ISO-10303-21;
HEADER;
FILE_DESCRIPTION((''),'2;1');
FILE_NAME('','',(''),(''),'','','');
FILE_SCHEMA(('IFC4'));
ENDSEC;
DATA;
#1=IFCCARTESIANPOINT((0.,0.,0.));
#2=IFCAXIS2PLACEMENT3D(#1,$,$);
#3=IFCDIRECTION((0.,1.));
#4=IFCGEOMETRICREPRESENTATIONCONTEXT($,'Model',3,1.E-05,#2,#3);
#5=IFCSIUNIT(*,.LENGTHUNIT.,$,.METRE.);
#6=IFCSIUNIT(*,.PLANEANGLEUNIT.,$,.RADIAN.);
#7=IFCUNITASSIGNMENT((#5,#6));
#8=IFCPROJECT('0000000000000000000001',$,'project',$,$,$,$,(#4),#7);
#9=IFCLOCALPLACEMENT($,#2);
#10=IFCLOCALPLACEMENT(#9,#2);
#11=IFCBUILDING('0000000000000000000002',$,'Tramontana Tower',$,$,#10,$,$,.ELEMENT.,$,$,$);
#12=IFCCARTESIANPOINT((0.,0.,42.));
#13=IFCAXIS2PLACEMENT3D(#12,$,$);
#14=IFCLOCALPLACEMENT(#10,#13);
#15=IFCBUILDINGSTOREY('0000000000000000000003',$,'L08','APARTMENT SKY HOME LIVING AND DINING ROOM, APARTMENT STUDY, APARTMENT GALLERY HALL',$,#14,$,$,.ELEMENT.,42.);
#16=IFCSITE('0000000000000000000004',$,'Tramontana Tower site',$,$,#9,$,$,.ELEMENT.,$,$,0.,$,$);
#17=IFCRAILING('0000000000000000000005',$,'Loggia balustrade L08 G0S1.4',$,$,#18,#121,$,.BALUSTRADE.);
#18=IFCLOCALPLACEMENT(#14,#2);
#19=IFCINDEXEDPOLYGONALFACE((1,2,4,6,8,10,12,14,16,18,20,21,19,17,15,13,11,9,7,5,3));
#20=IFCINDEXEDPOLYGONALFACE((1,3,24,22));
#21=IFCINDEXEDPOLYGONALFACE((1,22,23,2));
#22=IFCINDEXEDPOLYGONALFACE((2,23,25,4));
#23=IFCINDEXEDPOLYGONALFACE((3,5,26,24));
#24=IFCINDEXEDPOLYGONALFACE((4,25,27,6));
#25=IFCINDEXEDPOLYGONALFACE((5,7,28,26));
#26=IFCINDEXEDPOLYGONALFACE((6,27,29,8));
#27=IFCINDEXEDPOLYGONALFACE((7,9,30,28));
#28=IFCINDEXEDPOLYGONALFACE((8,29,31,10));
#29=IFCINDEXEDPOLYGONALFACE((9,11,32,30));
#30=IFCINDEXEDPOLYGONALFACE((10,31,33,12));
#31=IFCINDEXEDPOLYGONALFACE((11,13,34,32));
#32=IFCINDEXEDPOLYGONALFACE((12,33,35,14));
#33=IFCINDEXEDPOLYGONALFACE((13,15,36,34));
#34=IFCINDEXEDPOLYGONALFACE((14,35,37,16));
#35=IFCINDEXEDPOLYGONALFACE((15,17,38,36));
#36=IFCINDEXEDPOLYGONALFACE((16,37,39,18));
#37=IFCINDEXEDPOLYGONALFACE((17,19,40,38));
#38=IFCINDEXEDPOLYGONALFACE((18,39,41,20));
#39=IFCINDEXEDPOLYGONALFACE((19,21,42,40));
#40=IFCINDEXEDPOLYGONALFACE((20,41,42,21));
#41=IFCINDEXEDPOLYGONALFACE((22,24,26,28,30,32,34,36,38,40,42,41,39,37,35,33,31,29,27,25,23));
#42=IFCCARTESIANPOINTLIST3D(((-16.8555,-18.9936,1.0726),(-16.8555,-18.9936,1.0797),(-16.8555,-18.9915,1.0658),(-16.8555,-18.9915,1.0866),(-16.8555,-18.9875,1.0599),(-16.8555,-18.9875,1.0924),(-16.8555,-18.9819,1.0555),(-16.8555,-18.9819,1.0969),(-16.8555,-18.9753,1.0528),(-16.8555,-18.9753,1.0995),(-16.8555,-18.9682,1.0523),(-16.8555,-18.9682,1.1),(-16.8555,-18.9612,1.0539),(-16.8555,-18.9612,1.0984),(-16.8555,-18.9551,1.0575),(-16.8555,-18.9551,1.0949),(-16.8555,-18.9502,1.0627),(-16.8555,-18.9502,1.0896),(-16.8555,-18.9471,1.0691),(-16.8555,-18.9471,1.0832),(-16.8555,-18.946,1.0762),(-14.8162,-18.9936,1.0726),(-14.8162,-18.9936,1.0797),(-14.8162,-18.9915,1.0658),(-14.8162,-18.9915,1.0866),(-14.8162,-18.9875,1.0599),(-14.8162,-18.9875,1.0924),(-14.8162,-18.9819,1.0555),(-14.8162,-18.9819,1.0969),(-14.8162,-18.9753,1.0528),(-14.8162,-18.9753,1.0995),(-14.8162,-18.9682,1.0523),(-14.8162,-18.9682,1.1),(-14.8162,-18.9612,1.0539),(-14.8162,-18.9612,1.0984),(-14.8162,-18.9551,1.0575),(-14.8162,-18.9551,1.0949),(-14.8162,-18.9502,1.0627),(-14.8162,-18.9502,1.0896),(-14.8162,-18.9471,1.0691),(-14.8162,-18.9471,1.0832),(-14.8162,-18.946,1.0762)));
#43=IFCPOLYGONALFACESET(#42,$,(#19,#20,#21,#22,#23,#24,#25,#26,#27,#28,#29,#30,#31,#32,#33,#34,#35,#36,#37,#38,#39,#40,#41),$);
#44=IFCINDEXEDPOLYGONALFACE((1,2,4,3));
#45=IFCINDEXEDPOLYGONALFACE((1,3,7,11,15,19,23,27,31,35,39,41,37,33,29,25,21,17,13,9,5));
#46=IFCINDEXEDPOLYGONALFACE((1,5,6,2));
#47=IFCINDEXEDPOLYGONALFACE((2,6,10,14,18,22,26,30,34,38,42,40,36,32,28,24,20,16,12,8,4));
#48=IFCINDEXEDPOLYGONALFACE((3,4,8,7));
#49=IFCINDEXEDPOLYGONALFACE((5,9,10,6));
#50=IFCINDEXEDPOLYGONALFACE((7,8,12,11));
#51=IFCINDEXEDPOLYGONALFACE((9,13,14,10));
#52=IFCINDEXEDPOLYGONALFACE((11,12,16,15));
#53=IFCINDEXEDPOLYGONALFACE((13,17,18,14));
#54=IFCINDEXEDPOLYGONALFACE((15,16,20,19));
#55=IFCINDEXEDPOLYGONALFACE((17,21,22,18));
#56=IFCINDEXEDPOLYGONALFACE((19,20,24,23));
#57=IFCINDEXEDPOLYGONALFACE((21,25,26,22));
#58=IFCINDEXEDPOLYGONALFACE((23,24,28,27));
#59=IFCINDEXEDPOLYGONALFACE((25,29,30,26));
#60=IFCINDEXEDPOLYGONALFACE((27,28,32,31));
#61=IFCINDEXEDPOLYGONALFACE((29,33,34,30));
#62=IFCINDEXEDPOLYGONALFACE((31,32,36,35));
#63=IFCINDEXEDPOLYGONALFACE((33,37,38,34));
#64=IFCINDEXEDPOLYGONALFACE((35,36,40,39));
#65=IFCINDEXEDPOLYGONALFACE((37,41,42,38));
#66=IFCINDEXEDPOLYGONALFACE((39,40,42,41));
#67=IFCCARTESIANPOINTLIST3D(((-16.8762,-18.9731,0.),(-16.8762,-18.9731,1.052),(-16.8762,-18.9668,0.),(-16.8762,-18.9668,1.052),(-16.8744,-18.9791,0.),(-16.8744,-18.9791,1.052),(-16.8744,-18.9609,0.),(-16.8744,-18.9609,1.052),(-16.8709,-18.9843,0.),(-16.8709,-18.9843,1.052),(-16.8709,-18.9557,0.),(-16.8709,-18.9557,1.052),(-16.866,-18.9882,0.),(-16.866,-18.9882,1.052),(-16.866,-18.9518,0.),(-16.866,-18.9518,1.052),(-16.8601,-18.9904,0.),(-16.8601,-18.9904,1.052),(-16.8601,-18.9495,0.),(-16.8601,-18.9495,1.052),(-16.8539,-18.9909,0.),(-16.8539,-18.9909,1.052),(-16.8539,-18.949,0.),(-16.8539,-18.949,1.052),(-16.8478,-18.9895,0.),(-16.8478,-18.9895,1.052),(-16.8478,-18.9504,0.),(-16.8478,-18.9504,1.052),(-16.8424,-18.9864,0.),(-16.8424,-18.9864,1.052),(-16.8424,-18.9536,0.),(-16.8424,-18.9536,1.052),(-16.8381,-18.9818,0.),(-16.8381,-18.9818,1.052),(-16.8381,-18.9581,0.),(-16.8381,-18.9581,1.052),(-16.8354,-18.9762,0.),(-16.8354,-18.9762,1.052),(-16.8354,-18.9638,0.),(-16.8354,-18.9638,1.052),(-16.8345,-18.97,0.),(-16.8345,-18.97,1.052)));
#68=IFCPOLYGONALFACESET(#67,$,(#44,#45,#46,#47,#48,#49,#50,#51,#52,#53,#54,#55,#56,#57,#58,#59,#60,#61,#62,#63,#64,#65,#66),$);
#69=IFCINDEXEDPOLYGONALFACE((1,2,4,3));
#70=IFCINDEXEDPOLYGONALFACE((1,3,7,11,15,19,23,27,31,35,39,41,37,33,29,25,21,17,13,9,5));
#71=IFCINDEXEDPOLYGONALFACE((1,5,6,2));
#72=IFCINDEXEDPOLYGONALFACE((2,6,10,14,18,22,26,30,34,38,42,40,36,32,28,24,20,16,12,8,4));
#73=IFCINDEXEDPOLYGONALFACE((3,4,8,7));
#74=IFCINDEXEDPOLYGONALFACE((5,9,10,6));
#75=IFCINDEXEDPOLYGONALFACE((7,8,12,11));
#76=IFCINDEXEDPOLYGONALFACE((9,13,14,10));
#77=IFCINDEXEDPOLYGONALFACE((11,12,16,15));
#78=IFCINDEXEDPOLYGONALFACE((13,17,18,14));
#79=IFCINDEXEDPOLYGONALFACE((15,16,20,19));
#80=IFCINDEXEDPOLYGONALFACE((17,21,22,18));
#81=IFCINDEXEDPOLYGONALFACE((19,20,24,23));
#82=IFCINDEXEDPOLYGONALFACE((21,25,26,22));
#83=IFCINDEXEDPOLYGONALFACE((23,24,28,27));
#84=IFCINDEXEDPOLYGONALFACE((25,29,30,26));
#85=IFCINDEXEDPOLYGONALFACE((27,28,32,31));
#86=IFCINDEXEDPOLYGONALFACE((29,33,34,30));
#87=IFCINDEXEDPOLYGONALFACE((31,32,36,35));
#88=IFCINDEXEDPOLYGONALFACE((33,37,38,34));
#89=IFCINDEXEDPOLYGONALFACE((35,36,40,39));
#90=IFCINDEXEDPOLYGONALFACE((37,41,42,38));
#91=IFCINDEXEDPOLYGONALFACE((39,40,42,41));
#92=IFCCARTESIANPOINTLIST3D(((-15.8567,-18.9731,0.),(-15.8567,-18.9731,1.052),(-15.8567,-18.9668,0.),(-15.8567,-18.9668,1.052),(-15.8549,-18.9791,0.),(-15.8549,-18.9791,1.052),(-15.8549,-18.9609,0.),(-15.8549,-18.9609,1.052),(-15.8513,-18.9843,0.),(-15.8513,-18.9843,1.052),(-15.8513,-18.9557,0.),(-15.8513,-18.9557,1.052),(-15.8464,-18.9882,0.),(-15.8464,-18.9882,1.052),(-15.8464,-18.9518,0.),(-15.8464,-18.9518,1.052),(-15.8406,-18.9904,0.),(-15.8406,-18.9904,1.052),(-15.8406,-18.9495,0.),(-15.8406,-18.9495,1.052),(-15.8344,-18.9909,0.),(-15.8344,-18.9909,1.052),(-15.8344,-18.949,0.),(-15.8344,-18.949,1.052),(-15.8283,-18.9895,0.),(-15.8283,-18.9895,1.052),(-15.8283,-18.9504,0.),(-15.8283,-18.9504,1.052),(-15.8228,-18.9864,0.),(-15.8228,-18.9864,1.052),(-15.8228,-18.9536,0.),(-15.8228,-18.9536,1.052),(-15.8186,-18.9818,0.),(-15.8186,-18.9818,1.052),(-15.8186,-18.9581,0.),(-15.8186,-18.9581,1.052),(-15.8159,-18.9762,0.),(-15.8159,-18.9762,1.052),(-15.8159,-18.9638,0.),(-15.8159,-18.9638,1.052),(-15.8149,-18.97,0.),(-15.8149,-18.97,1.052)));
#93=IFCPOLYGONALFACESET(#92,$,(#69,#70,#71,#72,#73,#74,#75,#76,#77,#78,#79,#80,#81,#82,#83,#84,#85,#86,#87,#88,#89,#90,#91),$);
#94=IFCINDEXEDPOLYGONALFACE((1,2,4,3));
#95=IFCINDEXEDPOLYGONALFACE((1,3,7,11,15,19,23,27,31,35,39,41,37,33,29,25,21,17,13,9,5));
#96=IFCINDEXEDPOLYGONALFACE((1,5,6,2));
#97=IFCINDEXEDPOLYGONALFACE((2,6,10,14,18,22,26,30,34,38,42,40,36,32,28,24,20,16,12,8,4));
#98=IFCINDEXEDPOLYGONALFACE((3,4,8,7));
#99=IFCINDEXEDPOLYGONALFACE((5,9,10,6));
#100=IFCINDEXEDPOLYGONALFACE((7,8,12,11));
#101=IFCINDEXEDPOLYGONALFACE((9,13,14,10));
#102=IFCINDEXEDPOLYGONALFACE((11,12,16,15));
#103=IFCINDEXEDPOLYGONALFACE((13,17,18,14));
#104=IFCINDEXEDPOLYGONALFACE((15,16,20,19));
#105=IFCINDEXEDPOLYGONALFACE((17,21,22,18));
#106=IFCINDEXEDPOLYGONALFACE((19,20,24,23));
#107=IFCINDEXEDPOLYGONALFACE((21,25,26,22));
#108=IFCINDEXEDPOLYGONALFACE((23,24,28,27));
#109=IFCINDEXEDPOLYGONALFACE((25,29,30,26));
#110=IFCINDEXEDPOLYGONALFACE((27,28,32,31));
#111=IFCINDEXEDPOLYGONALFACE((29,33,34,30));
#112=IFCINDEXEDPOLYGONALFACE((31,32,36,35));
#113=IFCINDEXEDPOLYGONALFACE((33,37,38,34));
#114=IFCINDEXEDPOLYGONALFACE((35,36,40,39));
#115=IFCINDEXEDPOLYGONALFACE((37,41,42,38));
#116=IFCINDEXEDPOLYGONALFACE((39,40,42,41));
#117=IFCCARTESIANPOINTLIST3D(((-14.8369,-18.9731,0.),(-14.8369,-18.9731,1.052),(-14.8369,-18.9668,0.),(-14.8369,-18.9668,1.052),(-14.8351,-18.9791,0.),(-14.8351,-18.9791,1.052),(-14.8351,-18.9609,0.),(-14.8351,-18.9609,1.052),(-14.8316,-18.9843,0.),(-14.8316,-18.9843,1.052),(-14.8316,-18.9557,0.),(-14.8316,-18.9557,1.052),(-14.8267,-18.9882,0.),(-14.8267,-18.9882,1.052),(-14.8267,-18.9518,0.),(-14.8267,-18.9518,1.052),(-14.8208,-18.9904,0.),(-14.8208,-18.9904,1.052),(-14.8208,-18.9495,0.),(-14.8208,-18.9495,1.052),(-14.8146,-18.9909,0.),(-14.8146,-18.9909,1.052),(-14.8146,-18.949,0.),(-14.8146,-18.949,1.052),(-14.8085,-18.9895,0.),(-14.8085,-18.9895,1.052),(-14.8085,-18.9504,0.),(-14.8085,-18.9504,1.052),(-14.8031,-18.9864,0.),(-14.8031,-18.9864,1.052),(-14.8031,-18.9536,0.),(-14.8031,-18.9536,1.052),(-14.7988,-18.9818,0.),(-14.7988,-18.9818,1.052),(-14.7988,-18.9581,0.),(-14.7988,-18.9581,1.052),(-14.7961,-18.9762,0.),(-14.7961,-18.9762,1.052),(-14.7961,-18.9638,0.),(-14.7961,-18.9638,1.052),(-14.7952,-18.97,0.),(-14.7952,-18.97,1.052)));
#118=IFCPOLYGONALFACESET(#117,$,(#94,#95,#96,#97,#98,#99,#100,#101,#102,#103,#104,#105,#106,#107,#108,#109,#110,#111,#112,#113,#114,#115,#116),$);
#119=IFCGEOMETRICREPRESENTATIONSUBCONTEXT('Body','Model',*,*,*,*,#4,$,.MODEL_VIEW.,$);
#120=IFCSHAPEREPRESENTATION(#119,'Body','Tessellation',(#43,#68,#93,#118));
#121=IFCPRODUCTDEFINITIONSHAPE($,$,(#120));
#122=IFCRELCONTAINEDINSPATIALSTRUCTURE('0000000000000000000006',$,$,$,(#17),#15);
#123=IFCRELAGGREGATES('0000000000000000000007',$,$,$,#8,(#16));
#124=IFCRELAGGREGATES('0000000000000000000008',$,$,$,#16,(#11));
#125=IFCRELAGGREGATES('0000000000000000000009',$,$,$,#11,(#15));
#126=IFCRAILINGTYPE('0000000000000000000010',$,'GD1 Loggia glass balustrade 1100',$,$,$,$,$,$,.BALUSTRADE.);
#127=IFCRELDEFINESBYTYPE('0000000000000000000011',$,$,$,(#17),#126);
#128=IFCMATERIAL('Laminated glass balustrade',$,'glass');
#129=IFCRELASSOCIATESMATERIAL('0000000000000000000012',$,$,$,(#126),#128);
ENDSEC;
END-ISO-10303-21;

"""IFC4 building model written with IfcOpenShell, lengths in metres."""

from ifc_helpers import new_model, si_unit, direction, frame, origin, origin_2d, place, context, subcontext, project, spatial, circle, extrude, material, type_object, element, save


model = new_model("IFC4")

# Units and contexts
model_context = context("Model", 3, precision=1e-05, world=origin(), true_north=direction((0.0, 1.0)))
body_context = subcontext(model_context, "Body", "Model", "MODEL_VIEW")
ifc_project = project(units=[si_unit("LENGTHUNIT", "METRE"), si_unit("PLANEANGLEUNIT", "RADIAN")], contexts=[model_context])

# Site, building, storey
site_placement = place(None, origin())
site = spatial("IfcSite", under=ifc_project, at=site_placement, Name="Tramontana Tower site", CompositionType="ELEMENT", RefElevation=0.0)
building_placement = place(site_placement, origin())
building = spatial("IfcBuilding", under=site, at=building_placement, Name="Tramontana Tower", CompositionType="ELEMENT")
storey_placement = place(building_placement, frame((0.0, 0.0, 42.0)))
storey = spatial("IfcBuildingStorey", under=building, at=storey_placement, Name="L08", Description="APARTMENT SKY HOME LIVING AND DINING ROOM, APARTMENT STUDY, APARTMENT GALLERY HALL", CompositionType="ELEMENT", Elevation=42.0)

# Railing
ifc_material_1 = material(Name="Laminated glass balustrade", Category="glass")
railing_type = type_object("IfcRailingType", Name="GD1 Loggia glass balustrade 1100", PredefinedType="BALUSTRADE", material=ifc_material_1)
railing_1_placement = place(storey_placement, frame((-16.8555, -18.97, 0.0)))
element("IfcRailing", 1, at=railing_1_placement, inside=storey, type_object=railing_type, Name="Loggia balustrade L08 G0S1.4", PredefinedType="BALUSTRADE", context=body_context, shape_type="SweptSolid", body=[
    extrude(circle(Radius=0.0239, at=origin_2d()), frame((0.0, 0.0, 1.0762), z_axis=(1.0, 0.0, 0.0), x_axis=(0.0, 1.0, 0.0)), (0.0, 0.0, 1.0), 2.0393),
    extrude(circle(Radius=0.021, at=origin_2d()), origin(), (0.0, 0.0, 1.0), 1.052),
    extrude(circle(Radius=0.021, at=origin_2d()), frame((1.0195, 0.0, 0.0)), (0.0, 0.0, 1.0), 1.052),
    extrude(circle(Radius=0.021, at=origin_2d()), frame((2.0393, 0.0, 0.0)), (0.0, 0.0, 1.0), 1.052),
])

save(model, "model.ifc")
